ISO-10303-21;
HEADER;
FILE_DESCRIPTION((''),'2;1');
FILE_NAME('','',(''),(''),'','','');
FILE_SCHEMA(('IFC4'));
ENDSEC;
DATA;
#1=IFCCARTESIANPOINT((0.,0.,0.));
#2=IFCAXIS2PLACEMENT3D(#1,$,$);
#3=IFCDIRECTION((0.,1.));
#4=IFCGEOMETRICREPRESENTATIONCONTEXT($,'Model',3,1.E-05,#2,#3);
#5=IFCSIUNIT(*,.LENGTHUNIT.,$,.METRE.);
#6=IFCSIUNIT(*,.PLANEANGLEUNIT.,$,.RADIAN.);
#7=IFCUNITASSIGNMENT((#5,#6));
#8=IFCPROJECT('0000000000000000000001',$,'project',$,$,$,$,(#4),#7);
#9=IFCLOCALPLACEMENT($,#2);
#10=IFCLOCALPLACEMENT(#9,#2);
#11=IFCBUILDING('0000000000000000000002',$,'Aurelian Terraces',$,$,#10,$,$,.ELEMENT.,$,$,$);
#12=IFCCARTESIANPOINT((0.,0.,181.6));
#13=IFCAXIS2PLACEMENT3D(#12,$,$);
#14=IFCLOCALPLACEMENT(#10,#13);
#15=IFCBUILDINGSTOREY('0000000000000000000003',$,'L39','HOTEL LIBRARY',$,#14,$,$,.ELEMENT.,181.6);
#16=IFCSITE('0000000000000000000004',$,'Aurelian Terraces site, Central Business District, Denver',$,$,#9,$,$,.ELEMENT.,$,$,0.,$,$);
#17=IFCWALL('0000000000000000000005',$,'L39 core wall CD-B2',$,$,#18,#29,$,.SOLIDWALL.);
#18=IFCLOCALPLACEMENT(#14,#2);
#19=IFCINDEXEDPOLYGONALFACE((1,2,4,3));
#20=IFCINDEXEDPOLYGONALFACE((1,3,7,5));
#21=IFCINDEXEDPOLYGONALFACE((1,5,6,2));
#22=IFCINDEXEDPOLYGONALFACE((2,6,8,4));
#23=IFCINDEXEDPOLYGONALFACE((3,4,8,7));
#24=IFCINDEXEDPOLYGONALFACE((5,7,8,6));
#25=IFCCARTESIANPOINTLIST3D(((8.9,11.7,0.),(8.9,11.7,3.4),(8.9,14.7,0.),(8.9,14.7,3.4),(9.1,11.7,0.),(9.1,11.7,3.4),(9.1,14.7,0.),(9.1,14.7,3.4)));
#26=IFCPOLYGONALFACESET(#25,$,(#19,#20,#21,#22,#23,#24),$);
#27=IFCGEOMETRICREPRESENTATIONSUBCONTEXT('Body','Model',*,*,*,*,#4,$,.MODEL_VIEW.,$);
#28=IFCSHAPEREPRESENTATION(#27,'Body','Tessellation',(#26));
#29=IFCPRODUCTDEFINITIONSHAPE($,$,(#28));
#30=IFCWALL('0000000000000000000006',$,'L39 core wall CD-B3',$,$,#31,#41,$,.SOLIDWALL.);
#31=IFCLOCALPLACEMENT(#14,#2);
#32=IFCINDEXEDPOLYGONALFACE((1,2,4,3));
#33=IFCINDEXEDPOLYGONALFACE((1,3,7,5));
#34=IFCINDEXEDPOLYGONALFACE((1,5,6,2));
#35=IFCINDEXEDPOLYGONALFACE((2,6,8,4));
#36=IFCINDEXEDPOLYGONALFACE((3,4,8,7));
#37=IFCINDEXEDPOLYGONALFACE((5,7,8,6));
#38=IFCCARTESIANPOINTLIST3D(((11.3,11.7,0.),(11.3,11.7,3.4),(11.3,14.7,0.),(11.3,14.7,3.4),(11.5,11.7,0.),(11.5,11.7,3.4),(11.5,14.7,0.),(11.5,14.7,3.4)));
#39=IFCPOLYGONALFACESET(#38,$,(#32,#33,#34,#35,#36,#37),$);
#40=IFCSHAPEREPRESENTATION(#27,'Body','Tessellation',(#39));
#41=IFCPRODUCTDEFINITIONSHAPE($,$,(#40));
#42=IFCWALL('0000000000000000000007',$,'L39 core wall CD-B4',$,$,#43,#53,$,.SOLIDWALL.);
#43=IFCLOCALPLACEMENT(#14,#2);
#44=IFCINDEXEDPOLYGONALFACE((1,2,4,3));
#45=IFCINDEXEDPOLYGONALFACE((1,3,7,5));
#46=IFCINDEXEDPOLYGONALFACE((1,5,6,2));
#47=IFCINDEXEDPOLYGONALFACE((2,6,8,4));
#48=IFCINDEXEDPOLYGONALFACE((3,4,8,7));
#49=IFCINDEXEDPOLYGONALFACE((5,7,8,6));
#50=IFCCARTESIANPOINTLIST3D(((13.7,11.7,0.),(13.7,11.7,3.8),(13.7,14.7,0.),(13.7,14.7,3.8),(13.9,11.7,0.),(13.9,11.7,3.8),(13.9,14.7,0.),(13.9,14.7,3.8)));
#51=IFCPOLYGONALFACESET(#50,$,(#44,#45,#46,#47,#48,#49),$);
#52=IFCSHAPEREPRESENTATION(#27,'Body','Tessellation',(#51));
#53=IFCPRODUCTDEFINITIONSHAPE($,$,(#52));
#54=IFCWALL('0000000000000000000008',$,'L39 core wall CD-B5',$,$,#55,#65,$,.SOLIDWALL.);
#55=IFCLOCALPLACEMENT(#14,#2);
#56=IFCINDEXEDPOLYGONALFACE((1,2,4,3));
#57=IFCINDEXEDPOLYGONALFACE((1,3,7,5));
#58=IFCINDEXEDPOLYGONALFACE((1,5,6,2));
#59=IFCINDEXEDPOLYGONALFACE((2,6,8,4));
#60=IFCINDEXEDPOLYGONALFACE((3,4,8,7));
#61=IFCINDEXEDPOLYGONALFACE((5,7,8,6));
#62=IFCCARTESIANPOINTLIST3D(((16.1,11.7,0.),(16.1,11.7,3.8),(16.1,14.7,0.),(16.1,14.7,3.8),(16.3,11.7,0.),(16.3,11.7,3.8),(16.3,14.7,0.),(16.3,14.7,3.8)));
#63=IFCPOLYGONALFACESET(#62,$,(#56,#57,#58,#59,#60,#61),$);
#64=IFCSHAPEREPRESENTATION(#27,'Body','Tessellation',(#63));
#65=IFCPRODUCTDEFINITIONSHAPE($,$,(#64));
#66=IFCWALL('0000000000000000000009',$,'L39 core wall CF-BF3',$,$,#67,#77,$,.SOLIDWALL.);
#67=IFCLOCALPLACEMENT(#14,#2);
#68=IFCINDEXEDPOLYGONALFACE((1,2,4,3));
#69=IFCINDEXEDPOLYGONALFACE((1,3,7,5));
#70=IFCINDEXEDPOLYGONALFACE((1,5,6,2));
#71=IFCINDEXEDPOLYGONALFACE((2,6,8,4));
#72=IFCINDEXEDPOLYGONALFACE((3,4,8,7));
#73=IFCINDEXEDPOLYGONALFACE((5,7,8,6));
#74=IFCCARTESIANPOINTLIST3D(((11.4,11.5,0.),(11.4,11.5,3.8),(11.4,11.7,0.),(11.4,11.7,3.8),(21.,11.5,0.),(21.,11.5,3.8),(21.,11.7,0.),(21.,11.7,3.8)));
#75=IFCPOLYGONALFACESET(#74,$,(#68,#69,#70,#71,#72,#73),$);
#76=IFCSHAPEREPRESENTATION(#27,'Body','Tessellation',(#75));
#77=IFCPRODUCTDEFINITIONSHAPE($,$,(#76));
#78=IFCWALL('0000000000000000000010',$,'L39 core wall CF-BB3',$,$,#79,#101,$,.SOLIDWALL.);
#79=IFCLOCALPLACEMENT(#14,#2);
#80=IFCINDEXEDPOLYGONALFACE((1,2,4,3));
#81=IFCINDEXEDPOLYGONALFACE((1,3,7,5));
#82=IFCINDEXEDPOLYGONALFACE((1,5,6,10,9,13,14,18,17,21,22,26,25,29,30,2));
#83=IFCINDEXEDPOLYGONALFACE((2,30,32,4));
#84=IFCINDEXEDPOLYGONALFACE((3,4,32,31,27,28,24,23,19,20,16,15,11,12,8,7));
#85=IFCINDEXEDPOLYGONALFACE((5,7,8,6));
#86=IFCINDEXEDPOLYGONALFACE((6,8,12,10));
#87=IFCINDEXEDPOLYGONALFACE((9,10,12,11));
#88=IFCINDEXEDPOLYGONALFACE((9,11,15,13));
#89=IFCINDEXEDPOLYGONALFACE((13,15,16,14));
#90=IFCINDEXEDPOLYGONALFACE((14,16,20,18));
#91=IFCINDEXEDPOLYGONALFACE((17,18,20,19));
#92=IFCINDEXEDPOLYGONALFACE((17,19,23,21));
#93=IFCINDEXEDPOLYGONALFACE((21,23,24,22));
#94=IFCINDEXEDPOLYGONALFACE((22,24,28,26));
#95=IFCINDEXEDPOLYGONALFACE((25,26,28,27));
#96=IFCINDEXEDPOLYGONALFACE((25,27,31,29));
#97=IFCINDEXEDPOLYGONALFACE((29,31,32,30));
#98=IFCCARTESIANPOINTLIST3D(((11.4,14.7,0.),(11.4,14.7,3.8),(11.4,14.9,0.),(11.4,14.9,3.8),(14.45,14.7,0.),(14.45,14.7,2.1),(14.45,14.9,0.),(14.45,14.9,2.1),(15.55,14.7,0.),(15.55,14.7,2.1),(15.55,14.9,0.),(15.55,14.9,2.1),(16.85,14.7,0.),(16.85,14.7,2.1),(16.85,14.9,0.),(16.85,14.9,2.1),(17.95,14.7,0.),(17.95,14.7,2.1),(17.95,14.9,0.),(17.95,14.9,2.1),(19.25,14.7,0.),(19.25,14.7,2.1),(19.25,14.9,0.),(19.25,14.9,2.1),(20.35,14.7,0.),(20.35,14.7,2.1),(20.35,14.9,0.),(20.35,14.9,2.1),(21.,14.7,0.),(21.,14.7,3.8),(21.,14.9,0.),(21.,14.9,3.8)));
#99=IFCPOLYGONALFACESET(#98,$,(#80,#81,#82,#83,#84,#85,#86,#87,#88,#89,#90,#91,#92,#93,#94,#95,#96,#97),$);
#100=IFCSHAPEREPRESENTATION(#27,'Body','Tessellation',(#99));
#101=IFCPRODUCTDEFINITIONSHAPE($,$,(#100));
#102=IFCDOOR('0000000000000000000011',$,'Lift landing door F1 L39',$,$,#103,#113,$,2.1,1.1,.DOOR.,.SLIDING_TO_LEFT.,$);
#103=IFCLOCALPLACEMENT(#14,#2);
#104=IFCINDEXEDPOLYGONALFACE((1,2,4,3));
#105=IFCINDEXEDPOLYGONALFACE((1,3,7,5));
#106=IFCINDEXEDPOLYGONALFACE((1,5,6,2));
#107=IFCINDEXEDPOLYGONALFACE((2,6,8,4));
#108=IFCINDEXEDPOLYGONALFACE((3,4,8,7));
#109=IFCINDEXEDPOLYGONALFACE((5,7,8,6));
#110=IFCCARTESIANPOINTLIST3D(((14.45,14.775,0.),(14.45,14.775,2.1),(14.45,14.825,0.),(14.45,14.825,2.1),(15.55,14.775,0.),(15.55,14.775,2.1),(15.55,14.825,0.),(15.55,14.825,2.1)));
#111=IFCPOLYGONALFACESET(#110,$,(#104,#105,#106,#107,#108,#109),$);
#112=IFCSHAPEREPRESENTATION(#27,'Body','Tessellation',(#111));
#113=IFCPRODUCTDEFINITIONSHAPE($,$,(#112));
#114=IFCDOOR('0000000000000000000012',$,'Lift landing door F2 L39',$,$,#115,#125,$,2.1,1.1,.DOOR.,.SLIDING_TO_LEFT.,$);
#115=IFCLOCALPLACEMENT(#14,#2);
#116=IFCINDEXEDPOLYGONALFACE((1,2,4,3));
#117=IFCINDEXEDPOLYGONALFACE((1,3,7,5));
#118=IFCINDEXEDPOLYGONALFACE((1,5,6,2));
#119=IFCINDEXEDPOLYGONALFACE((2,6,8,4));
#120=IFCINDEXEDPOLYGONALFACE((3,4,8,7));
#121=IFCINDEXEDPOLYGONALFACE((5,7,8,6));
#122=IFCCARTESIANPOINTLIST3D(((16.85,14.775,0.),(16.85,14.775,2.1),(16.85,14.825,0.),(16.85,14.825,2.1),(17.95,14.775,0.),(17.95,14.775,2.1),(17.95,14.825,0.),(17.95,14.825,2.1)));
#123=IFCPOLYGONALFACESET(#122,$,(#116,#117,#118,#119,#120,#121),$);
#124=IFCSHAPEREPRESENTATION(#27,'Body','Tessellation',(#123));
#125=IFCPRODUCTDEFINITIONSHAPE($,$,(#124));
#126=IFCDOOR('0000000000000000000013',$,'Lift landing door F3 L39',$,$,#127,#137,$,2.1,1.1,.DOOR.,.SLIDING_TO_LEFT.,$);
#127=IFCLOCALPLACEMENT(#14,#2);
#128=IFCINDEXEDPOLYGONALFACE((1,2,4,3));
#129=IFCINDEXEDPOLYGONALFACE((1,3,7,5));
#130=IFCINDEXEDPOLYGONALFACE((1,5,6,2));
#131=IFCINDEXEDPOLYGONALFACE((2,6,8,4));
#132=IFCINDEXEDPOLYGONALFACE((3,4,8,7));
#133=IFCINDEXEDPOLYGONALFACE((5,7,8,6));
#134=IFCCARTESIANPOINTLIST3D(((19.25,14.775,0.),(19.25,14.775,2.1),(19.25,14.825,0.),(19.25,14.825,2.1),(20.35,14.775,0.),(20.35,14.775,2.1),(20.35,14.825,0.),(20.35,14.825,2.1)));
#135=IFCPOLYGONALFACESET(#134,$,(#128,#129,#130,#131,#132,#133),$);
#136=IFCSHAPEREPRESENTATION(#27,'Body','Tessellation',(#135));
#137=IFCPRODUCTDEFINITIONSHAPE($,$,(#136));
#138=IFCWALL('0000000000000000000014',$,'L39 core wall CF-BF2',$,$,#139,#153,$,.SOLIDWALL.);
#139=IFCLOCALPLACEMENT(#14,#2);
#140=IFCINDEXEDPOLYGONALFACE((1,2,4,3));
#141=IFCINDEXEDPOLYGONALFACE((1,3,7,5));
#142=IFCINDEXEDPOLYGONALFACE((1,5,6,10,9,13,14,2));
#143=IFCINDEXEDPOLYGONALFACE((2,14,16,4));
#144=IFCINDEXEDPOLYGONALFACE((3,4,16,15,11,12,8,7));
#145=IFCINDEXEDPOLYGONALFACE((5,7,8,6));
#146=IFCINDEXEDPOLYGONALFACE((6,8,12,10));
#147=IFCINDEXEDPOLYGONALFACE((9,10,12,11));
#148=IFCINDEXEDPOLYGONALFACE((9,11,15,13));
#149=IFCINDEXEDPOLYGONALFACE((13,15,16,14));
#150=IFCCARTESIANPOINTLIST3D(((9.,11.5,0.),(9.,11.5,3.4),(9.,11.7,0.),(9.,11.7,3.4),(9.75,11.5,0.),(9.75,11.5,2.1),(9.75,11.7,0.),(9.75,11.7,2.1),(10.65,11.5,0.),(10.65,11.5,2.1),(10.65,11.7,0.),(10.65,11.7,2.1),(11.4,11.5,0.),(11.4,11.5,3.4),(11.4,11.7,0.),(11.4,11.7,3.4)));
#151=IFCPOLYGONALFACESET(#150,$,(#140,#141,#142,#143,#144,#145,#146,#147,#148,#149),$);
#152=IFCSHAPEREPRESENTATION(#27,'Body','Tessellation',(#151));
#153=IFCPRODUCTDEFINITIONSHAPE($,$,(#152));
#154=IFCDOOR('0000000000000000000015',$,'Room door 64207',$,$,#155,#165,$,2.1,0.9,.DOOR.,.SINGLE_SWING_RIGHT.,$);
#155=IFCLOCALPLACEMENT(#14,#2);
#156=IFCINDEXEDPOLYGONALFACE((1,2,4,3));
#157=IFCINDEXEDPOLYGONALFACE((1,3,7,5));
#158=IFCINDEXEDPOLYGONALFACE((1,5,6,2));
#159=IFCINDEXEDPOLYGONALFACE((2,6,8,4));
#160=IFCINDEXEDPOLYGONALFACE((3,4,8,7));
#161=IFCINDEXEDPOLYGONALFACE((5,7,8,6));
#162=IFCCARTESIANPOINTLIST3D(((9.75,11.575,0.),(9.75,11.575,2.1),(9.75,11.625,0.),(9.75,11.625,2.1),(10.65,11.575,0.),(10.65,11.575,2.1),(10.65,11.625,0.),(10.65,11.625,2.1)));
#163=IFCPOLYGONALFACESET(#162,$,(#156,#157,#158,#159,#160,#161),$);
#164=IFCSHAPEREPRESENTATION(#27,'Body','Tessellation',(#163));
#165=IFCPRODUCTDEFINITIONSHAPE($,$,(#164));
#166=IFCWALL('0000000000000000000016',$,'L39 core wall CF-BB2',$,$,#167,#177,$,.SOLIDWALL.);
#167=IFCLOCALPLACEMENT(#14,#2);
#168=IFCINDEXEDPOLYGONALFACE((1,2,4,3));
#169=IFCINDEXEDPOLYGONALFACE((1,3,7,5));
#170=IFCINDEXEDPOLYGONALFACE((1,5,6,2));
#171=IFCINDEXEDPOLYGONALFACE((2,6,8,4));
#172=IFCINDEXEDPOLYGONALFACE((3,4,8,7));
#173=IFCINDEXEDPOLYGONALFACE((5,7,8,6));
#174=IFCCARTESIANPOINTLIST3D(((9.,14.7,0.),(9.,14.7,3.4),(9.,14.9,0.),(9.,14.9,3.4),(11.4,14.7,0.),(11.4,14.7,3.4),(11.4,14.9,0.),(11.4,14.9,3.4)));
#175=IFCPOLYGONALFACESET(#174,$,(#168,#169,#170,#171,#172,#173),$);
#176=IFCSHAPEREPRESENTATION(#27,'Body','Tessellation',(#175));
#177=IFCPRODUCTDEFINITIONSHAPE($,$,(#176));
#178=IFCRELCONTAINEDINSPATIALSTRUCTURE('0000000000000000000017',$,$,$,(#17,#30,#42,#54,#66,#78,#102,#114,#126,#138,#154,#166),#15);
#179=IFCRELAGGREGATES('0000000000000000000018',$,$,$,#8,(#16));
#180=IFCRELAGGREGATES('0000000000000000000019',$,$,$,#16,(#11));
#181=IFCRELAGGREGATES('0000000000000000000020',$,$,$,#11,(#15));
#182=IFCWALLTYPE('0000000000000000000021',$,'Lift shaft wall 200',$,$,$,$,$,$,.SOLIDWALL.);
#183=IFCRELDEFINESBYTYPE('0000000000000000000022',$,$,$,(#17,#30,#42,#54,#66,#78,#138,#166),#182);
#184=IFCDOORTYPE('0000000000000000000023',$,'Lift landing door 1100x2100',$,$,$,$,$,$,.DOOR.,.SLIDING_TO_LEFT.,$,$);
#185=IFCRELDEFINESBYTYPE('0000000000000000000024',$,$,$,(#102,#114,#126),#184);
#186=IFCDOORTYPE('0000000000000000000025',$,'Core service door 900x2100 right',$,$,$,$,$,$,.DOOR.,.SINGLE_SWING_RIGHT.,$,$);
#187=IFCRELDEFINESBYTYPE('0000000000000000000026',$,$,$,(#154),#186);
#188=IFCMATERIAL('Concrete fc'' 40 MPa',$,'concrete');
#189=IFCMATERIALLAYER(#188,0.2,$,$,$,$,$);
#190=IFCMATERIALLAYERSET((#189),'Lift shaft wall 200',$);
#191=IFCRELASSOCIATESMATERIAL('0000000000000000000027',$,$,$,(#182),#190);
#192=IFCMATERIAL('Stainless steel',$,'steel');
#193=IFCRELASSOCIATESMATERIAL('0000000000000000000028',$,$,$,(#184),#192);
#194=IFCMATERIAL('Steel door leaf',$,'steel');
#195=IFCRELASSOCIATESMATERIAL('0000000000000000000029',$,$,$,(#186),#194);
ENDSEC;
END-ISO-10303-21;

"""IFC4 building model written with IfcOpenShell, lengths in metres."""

from ifc_helpers import new_model, si_unit, direction, frame, frame_2d, origin, place, context, subcontext, project, spatial, rectangle, extrude, source, transform, mapped, material, layer, layer_set, type_object, element, fill, save


model = new_model("IFC4")

# Units and contexts
model_context = context("Model", 3, precision=1e-05, world=origin(), true_north=direction((0.0, 1.0)))
body_context = subcontext(model_context, "Body", "Model", "MODEL_VIEW")
ifc_project = project(units=[si_unit("LENGTHUNIT", "METRE"), si_unit("PLANEANGLEUNIT", "RADIAN")], contexts=[model_context])

# Site, building, storey
site_placement = place(None, origin())
site = spatial("IfcSite", under=ifc_project, at=site_placement, Name="Aurelian Terraces site, Central Business District, Denver", CompositionType="ELEMENT", RefElevation=0.0)
building_placement = place(site_placement, origin())
building = spatial("IfcBuilding", under=site, at=building_placement, Name="Aurelian Terraces", CompositionType="ELEMENT")
storey_placement = place(building_placement, frame((0.0, 0.0, 181.6)))
storey = spatial("IfcBuildingStorey", under=building, at=storey_placement, Name="L39", Description="HOTEL LIBRARY", CompositionType="ELEMENT", Elevation=181.6)

# Walls
ifc_material_1 = material(Name="Concrete fc' 40 MPa", Category="concrete")
ifc_layer_1 = layer(ifc_material_1, 0.2)
ifc_layer_set_1 = layer_set([ifc_layer_1], Name="Lift shaft wall 200")
wall_type_1 = type_object("IfcWallType", Name="Lift shaft wall 200", PredefinedType="SOLIDWALL", material=ifc_layer_set_1)
shared_shape_1 = source(origin(), body_context, "Body", "SweptSolid", [
    extrude(rectangle(XDim=3.0, YDim=0.2, at=frame_2d((1.5, 0.0))), origin(), (0.0, 0.0, 1.0), 3.4),
])
for number, where, z_axis, x_axis, name in (
    (1, (9.0, 11.7, 0.0), (0.0, 0.0, 1.0), (0.0, 1.0, 0.0), "L39 core wall CD-B2"),
    (2, (11.4, 11.7, 0.0), (0.0, 0.0, 1.0), (0.0, 1.0, 0.0), "L39 core wall CD-B3"),
):
    element("IfcWall", number, at=place(storey_placement, frame(where, z_axis=z_axis, x_axis=x_axis)), inside=storey, type_object=wall_type_1, Name=name, PredefinedType="SOLIDWALL", context=body_context, shape_type="MappedRepresentation", body=[
        mapped(shared_shape_1, transform((0.0, 0.0, 0.0), scale=1.0)),
    ])
shared_shape_2 = source(origin(), body_context, "Body", "SweptSolid", [
    extrude(rectangle(XDim=3.0, YDim=0.2, at=frame_2d((1.5, 0.0))), origin(), (0.0, 0.0, 1.0), 3.8),
])
for number, where, z_axis, x_axis, name in (
    (3, (13.8, 11.7, 0.0), (0.0, 0.0, 1.0), (0.0, 1.0, 0.0), "L39 core wall CD-B4"),
    (4, (16.2, 11.7, 0.0), (0.0, 0.0, 1.0), (0.0, 1.0, 0.0), "L39 core wall CD-B5"),
):
    element("IfcWall", number, at=place(storey_placement, frame(where, z_axis=z_axis, x_axis=x_axis)), inside=storey, type_object=wall_type_1, Name=name, PredefinedType="SOLIDWALL", context=body_context, shape_type="MappedRepresentation", body=[
        mapped(shared_shape_2, transform((0.0, 0.0, 0.0), scale=1.0)),
    ])
shared_shape_3 = source(origin(), body_context, "Body", "SweptSolid", [
    extrude(rectangle(XDim=9.6, YDim=0.2, at=frame_2d((4.8, 0.0))), origin(), (0.0, 0.0, 1.0), 3.8),
])
wall_1_placement = place(storey_placement, frame((11.4, 11.6, 0.0), z_axis=(0.0, 0.0, 1.0), x_axis=(1.0, 0.0, 0.0)))
element("IfcWall", 5, at=wall_1_placement, inside=storey, type_object=wall_type_1, Name="L39 core wall CF-BF3", PredefinedType="SOLIDWALL", context=body_context, shape_type="MappedRepresentation", body=[
    mapped(shared_shape_3, transform((0.0, 0.0, 0.0), scale=1.0)),
])

# Wall, openings, doors
wall_2_placement = place(storey_placement, frame((11.4, 14.8, 0.0), z_axis=(0.0, 0.0, 1.0), x_axis=(1.0, 0.0, 0.0)))
wall_2 = element("IfcWall", 6, at=wall_2_placement, inside=storey, type_object=wall_type_1, Name="L39 core wall CF-BB3", PredefinedType="SOLIDWALL", context=body_context, shape_type="MappedRepresentation", body=[
    mapped(shared_shape_3, transform((0.0, 0.0, 0.0), scale=1.0)),
])
shared_shape_4 = source(origin(), body_context, "Body", "SweptSolid", [
    extrude(rectangle(XDim=1.1, YDim=2.1, at=frame_2d((0.55, 1.05))), frame((0.0, 0.11, 0.0), z_axis=(0.0, -1.0, 0.0), x_axis=(1.0, 0.0, 0.0)), (0.0, 0.0, 1.0), 0.22),
])
opening_1_placement = place(wall_2_placement, frame((3.05, 0.0, 0.0)))
opening_1 = element("IfcOpeningElement", 7, at=opening_1_placement, cuts=wall_2, PredefinedType="OPENING", context=body_context, shape_type="MappedRepresentation", body=[
    mapped(shared_shape_4, transform((0.0, 0.0, 0.0), scale=1.0)),
])
opening_2_placement = place(wall_2_placement, frame((5.45, 0.0, 0.0)))
opening_2 = element("IfcOpeningElement", 8, at=opening_2_placement, cuts=wall_2, PredefinedType="OPENING", context=body_context, shape_type="MappedRepresentation", body=[
    mapped(shared_shape_4, transform((0.0, 0.0, 0.0), scale=1.0)),
])
opening_3_placement = place(wall_2_placement, frame((7.85, 0.0, 0.0)))
opening_3 = element("IfcOpeningElement", 9, at=opening_3_placement, cuts=wall_2, PredefinedType="OPENING", context=body_context, shape_type="MappedRepresentation", body=[
    mapped(shared_shape_4, transform((0.0, 0.0, 0.0), scale=1.0)),
])
ifc_material_2 = material(Name="Stainless steel", Category="steel")
door_type_1 = type_object("IfcDoorType", Name="Lift landing door 1100x2100", OperationType="SLIDING_TO_LEFT", PredefinedType="DOOR", material=ifc_material_2)
shared_shape_5 = source(origin(), body_context, "Body", "SweptSolid", [
    extrude(rectangle(XDim=1.1, YDim=2.1, at=frame_2d((0.55, 1.05))), frame((0.0, 0.025, 0.0), z_axis=(0.0, -1.0, 0.0), x_axis=(1.0, 0.0, 0.0)), (0.0, 0.0, 1.0), 0.05),
])
door_1_placement = place(opening_1_placement, origin())
door_1 = element("IfcDoor", 10, at=door_1_placement, inside=storey, type_object=door_type_1, Name="Lift landing door F1 L39", OperationType="SLIDING_TO_LEFT", OverallHeight=2.1, OverallWidth=1.1, PredefinedType="DOOR", context=body_context, shape_type="MappedRepresentation", body=[
    mapped(shared_shape_5, transform((0.0, 0.0, 0.0), scale=1.0)),
])
fill(opening_1, door_1)
door_2_placement = place(opening_2_placement, origin())
door_2 = element("IfcDoor", 11, at=door_2_placement, inside=storey, type_object=door_type_1, Name="Lift landing door F2 L39", OperationType="SLIDING_TO_LEFT", OverallHeight=2.1, OverallWidth=1.1, PredefinedType="DOOR", context=body_context, shape_type="MappedRepresentation", body=[
    mapped(shared_shape_5, transform((0.0, 0.0, 0.0), scale=1.0)),
])
fill(opening_2, door_2)
door_3_placement = place(opening_3_placement, origin())
door_3 = element("IfcDoor", 12, at=door_3_placement, inside=storey, type_object=door_type_1, Name="Lift landing door F3 L39", OperationType="SLIDING_TO_LEFT", OverallHeight=2.1, OverallWidth=1.1, PredefinedType="DOOR", context=body_context, shape_type="MappedRepresentation", body=[
    mapped(shared_shape_5, transform((0.0, 0.0, 0.0), scale=1.0)),
])
fill(opening_3, door_3)

# Wall, opening, door
shared_shape_6 = source(origin(), body_context, "Body", "SweptSolid", [
    extrude(rectangle(XDim=2.4, YDim=0.2, at=frame_2d((1.2, 0.0))), origin(), (0.0, 0.0, 1.0), 3.4),
])
wall_3_placement = place(storey_placement, frame((9.0, 11.6, 0.0), z_axis=(0.0, 0.0, 1.0), x_axis=(1.0, 0.0, 0.0)))
wall_3 = element("IfcWall", 13, at=wall_3_placement, inside=storey, type_object=wall_type_1, Name="L39 core wall CF-BF2", PredefinedType="SOLIDWALL", context=body_context, shape_type="MappedRepresentation", body=[
    mapped(shared_shape_6, transform((0.0, 0.0, 0.0), scale=1.0)),
])
shared_shape_7 = source(origin(), body_context, "Body", "SweptSolid", [
    extrude(rectangle(XDim=0.9, YDim=2.1, at=frame_2d((0.45, 1.05))), frame((0.0, 0.11, 0.0), z_axis=(0.0, -1.0, 0.0), x_axis=(1.0, 0.0, 0.0)), (0.0, 0.0, 1.0), 0.22),
])
opening_4_placement = place(wall_3_placement, frame((0.75, 0.0, 0.0)))
opening_4 = element("IfcOpeningElement", 14, at=opening_4_placement, cuts=wall_3, PredefinedType="OPENING", context=body_context, shape_type="MappedRepresentation", body=[
    mapped(shared_shape_7, transform((0.0, 0.0, 0.0), scale=1.0)),
])
ifc_material_3 = material(Name="Steel door leaf", Category="steel")
door_type_2 = type_object("IfcDoorType", Name="Core service door 900x2100 right", OperationType="SINGLE_SWING_RIGHT", PredefinedType="DOOR", material=ifc_material_3)
shared_shape_8 = source(origin(), body_context, "Body", "SweptSolid", [
    extrude(rectangle(XDim=0.9, YDim=2.1, at=frame_2d((0.45, 1.05))), frame((0.0, 0.025, 0.0), z_axis=(0.0, -1.0, 0.0), x_axis=(1.0, 0.0, 0.0)), (0.0, 0.0, 1.0), 0.05),
])
door_4_placement = place(opening_4_placement, origin())
door_4 = element("IfcDoor", 15, at=door_4_placement, inside=storey, type_object=door_type_2, Name="Room door 64207", OperationType="SINGLE_SWING_RIGHT", OverallHeight=2.1, OverallWidth=0.9, PredefinedType="DOOR", context=body_context, shape_type="MappedRepresentation", body=[
    mapped(shared_shape_8, transform((0.0, 0.0, 0.0), scale=1.0)),
])
fill(opening_4, door_4)

# Wall
wall_4_placement = place(storey_placement, frame((9.0, 14.8, 0.0), z_axis=(0.0, 0.0, 1.0), x_axis=(1.0, 0.0, 0.0)))
element("IfcWall", 16, at=wall_4_placement, inside=storey, type_object=wall_type_1, Name="L39 core wall CF-BB2", PredefinedType="SOLIDWALL", context=body_context, shape_type="MappedRepresentation", body=[
    mapped(shared_shape_6, transform((0.0, 0.0, 0.0), scale=1.0)),
])

save(model, "model.ifc")
